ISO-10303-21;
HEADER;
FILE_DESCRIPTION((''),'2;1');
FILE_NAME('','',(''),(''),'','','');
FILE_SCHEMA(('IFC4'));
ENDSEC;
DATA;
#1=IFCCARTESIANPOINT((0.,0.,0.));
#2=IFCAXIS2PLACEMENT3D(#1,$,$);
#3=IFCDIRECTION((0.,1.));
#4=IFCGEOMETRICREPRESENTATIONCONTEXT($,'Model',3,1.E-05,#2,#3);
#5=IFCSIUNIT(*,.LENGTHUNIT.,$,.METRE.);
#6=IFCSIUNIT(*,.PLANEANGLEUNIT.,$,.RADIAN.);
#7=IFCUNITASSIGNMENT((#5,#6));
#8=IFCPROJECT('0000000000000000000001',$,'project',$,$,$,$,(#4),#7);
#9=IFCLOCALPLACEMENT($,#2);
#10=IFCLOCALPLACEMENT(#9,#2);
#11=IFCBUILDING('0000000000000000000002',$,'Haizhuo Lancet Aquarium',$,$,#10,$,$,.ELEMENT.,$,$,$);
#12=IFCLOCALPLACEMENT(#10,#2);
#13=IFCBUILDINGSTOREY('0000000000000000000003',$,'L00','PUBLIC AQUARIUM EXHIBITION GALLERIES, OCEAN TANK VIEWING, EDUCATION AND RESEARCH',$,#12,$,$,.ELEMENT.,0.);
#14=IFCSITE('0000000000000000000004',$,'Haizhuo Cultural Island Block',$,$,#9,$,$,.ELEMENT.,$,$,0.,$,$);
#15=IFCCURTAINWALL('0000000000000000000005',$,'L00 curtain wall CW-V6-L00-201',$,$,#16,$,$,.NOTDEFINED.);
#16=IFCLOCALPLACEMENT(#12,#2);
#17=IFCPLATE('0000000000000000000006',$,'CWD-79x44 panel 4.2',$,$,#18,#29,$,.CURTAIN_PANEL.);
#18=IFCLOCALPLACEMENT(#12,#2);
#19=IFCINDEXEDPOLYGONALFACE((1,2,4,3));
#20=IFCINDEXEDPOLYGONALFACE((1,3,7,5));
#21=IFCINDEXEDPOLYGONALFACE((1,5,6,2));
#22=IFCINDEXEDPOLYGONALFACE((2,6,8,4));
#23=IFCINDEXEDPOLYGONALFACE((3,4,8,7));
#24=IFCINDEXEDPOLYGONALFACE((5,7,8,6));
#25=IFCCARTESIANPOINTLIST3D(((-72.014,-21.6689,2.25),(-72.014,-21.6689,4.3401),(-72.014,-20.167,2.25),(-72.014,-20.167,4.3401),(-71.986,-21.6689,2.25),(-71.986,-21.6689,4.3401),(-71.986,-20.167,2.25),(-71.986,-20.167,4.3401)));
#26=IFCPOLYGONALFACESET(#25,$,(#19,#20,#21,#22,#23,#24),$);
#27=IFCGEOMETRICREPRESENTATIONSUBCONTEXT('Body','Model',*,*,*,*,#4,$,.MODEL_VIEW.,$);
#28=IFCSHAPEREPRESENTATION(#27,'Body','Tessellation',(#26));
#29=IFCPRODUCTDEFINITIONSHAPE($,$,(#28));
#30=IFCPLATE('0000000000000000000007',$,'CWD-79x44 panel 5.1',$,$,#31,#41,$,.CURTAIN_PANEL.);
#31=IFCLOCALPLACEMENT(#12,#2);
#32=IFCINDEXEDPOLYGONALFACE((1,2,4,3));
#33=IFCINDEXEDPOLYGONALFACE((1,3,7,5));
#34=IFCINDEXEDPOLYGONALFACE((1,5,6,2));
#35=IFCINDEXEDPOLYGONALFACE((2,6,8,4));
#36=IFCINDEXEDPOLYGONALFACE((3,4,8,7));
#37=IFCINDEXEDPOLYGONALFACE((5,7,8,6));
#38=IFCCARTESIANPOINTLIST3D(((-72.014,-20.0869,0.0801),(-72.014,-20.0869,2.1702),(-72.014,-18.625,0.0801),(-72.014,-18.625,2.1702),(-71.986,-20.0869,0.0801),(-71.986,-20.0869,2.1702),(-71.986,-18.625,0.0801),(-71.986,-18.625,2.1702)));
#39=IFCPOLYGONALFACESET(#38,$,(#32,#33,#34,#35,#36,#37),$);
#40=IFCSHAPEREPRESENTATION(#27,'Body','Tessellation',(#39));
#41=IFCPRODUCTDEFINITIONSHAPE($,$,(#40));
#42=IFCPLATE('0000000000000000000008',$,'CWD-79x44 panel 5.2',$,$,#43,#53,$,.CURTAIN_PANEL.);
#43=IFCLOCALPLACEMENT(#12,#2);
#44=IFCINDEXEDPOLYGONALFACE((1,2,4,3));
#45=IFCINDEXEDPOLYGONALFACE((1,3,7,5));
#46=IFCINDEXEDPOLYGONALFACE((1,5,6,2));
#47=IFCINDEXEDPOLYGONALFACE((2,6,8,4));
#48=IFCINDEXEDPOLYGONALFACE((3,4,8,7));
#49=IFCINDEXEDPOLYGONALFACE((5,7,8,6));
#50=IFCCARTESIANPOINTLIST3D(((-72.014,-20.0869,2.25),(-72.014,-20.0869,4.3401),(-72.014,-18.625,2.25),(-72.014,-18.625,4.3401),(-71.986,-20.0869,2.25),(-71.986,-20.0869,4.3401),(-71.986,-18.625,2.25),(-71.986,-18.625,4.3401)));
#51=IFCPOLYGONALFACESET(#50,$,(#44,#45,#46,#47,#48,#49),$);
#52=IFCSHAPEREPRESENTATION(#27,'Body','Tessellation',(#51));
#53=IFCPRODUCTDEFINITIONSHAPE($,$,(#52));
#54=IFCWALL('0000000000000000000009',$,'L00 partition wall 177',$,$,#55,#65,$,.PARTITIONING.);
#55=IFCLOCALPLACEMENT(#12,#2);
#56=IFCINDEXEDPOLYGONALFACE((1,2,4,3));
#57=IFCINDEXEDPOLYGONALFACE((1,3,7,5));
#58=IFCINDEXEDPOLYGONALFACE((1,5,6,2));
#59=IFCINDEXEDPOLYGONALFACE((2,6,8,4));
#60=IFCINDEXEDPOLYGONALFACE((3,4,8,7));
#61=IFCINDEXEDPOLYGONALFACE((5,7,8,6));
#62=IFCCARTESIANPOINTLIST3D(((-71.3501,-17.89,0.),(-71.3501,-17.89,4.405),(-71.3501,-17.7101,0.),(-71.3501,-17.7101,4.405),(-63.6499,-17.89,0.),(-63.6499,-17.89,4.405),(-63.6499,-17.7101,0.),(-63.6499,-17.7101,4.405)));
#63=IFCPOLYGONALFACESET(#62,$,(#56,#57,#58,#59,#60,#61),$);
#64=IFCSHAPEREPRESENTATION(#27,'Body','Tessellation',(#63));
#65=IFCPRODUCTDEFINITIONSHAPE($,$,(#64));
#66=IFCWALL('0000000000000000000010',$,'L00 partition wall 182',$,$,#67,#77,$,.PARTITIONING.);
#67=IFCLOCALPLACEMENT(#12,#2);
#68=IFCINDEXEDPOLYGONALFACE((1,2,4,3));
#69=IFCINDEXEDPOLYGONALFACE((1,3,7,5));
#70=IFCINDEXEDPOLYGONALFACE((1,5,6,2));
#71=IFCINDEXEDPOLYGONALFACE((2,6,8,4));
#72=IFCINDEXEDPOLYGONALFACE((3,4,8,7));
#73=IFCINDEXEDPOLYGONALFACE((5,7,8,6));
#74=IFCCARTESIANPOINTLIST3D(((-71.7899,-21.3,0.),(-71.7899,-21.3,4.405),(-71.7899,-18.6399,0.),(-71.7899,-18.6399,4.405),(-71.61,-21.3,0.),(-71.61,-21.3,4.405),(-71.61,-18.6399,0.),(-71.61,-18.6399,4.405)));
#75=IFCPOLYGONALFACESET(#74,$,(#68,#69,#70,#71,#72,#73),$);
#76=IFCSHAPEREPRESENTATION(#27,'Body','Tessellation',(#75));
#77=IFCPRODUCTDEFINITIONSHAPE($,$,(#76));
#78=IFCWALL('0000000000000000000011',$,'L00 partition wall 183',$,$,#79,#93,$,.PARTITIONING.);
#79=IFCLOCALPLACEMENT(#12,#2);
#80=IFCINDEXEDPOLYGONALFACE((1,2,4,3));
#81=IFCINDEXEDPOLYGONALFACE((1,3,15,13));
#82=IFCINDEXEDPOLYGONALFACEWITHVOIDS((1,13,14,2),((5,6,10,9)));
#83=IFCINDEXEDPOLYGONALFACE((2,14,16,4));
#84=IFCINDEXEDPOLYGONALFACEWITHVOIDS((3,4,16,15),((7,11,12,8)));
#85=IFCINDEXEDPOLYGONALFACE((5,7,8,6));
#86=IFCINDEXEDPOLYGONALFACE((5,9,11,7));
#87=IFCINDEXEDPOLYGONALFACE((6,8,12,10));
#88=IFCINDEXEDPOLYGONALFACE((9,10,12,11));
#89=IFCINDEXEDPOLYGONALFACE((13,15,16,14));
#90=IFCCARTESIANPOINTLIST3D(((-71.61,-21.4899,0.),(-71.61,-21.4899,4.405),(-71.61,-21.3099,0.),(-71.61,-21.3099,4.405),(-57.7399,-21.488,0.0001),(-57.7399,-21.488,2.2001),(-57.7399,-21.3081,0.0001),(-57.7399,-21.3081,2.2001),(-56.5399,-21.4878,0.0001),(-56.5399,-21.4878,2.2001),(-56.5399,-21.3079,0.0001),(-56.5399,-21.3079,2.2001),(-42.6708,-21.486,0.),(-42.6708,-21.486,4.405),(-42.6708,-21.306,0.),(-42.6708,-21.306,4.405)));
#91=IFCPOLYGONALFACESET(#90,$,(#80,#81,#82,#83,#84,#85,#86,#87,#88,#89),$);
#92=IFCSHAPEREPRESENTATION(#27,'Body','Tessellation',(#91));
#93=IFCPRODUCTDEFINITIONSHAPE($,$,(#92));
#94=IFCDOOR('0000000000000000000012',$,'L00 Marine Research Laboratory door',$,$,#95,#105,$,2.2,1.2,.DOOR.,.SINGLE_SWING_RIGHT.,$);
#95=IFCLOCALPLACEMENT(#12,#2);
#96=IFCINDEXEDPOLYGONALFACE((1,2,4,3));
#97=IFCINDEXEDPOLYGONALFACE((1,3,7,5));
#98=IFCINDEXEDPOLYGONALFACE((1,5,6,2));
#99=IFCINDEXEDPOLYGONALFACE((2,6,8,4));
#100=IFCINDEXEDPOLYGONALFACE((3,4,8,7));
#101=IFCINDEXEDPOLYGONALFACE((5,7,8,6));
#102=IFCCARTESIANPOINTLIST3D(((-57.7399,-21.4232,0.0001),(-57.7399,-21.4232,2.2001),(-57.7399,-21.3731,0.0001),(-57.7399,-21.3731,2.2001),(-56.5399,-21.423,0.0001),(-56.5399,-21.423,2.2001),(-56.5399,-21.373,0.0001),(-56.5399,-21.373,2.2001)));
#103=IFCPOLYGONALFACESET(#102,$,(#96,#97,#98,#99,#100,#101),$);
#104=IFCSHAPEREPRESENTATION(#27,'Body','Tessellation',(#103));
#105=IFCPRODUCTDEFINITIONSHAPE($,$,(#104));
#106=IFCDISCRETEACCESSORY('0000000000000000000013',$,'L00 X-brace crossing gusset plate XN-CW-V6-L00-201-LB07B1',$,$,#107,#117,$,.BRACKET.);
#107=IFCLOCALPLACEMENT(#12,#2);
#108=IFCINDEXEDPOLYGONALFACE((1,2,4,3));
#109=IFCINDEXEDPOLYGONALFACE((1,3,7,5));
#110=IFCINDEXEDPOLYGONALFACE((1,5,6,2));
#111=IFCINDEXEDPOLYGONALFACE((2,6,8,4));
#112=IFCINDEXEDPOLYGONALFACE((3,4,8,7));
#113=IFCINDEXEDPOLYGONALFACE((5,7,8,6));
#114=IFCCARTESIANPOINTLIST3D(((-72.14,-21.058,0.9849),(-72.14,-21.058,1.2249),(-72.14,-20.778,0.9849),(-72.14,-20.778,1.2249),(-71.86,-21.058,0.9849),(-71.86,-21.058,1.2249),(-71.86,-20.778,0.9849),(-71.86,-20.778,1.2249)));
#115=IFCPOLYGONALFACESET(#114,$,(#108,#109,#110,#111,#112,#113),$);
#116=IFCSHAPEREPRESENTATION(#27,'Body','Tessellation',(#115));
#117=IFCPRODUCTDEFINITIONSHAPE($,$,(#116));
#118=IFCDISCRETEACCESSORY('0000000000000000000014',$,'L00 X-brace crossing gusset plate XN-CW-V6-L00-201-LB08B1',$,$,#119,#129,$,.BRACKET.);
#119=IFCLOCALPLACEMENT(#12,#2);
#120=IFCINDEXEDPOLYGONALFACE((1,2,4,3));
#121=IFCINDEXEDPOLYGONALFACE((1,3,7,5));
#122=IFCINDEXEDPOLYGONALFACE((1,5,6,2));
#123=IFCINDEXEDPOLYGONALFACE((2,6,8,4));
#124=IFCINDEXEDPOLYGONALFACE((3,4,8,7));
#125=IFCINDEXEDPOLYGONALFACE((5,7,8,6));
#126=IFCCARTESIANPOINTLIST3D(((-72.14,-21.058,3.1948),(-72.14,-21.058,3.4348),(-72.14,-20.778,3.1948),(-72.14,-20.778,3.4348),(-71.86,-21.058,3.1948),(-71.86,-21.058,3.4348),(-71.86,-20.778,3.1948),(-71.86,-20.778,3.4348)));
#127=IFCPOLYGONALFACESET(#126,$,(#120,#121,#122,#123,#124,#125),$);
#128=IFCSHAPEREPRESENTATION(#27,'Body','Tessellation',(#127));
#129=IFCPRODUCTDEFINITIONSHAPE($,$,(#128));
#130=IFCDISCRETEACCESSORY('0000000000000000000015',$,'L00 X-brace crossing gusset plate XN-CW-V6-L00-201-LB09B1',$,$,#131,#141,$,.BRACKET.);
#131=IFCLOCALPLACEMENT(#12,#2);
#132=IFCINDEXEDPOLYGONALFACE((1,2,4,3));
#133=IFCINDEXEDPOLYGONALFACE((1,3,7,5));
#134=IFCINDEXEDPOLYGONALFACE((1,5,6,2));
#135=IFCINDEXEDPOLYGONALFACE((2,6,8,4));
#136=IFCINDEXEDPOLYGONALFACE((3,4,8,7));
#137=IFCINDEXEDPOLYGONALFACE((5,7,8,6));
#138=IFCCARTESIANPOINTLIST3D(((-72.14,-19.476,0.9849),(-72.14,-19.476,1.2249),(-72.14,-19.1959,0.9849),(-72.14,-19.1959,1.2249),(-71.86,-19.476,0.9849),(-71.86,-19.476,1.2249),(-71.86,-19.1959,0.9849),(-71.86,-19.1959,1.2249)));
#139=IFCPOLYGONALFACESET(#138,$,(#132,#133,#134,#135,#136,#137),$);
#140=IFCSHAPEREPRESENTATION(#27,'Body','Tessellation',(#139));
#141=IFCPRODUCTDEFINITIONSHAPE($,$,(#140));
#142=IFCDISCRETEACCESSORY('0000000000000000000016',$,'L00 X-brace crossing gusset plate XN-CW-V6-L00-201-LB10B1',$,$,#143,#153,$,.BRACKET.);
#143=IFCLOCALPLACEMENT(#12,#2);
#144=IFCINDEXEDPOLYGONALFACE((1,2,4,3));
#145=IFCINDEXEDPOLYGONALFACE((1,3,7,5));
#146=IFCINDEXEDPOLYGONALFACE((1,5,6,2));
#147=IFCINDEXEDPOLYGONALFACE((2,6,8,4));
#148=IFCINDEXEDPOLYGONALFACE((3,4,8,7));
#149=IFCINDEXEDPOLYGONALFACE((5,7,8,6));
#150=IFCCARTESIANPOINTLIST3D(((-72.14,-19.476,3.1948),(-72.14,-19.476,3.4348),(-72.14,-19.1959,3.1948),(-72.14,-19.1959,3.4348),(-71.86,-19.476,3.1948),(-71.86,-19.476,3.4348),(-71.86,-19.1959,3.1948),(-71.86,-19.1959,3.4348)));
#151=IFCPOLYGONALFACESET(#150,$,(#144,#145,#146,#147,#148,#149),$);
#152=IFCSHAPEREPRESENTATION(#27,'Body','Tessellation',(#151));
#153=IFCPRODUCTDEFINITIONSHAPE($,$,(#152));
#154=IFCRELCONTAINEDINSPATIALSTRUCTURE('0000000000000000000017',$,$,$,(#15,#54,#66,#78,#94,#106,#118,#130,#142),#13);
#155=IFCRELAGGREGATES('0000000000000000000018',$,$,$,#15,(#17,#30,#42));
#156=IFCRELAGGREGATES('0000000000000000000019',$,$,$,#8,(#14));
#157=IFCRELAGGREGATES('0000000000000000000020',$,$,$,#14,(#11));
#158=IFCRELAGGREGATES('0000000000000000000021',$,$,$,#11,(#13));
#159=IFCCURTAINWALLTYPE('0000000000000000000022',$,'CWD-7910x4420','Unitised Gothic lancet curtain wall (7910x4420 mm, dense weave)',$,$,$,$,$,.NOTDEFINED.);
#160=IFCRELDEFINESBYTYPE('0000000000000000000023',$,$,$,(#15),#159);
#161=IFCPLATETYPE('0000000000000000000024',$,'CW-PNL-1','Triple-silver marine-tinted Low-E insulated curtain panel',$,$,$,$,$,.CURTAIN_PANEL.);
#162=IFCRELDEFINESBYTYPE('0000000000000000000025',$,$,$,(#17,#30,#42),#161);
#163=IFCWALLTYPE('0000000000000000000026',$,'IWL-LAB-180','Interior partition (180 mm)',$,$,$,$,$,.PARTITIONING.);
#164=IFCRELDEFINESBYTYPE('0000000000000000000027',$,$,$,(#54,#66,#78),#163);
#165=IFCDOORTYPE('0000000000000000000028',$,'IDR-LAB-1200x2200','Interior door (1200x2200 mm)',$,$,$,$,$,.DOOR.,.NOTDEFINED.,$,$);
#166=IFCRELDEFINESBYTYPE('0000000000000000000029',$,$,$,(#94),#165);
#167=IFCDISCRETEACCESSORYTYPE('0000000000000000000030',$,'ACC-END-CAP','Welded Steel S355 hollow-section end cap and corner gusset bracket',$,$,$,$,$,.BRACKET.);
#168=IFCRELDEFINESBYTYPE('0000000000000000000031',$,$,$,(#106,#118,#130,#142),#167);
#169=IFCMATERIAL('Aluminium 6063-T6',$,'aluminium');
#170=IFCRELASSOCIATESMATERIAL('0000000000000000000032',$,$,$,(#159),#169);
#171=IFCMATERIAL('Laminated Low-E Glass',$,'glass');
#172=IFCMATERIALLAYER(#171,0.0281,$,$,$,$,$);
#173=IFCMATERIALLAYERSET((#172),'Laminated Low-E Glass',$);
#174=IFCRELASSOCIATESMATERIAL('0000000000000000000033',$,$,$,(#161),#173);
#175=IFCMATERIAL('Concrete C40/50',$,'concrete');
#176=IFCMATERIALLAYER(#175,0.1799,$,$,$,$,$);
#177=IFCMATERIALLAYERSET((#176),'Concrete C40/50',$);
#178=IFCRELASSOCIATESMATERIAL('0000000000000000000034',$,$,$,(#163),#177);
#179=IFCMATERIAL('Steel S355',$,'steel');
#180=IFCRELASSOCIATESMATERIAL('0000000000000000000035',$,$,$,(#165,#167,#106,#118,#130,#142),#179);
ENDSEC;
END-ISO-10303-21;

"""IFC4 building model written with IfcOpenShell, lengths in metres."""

from ifc_helpers import new_model, si_unit, direction, frame, frame_2d, origin, origin_2d, place, context, subcontext, project, spatial, rectangle, extrude, material, layer, layer_set, type_object, element, fill, aggregate, save


model = new_model("IFC4")

# Units and contexts
model_context = context("Model", 3, precision=1e-05, world=origin(), true_north=direction((0.0, 1.0)))
body_context = subcontext(model_context, "Body", "Model", "MODEL_VIEW")
ifc_project = project(units=[si_unit("LENGTHUNIT", "METRE"), si_unit("PLANEANGLEUNIT", "RADIAN")], contexts=[model_context])

# Site, building, storey
site_placement = place(None, origin())
site = spatial("IfcSite", under=ifc_project, at=site_placement, Name="Haizhuo Cultural Island Block", CompositionType="ELEMENT", RefElevation=0.0)
building_placement = place(site_placement, origin())
building = spatial("IfcBuilding", under=site, at=building_placement, Name="Haizhuo Lancet Aquarium", CompositionType="ELEMENT")
storey_placement = place(building_placement, origin())
storey = spatial("IfcBuildingStorey", under=building, at=storey_placement, Name="L00", Description="PUBLIC AQUARIUM EXHIBITION GALLERIES, OCEAN TANK VIEWING, EDUCATION AND RESEARCH", CompositionType="ELEMENT", Elevation=0.0)

# Shared definitions
ifc_material_1 = material(Name="Steel S355", Category="steel")

# Curtain wall
ifc_material_2 = material(Name="Aluminium 6063-T6", Category="aluminium")
curtain_wall_type = type_object("IfcCurtainWallType", Name="CWD-7910x4420", Description="Unitised Gothic lancet curtain wall (7910x4420 mm, dense weave)", PredefinedType="NOTDEFINED", material=ifc_material_2)
curtain_wall_placement = place(storey_placement, origin())
curtain_wall = element("IfcCurtainWall", 1, at=curtain_wall_placement, inside=storey, type_object=curtain_wall_type, Name="L00 curtain wall CW-V6-L00-201", PredefinedType="NOTDEFINED")

# Plates
ifc_material_3 = material(Name="Laminated Low-E Glass", Category="glass")
ifc_layer_1 = layer(ifc_material_3, 0.0281)
ifc_layer_set_1 = layer_set([ifc_layer_1], Name="Laminated Low-E Glass")
plate_type = type_object("IfcPlateType", Name="CW-PNL-1", Description="Triple-silver marine-tinted Low-E insulated curtain panel", PredefinedType="CURTAIN_PANEL", material=ifc_layer_set_1)
plate_1_placement = place(storey_placement, frame((-72.0, -20.918, 2.25), z_axis=(0.0, 0.0, 1.0), x_axis=(0.0, 1.0, 0.0)))
plate_1 = element("IfcPlate", 2, at=plate_1_placement, type_object=plate_type, Name="CWD-79x44 panel 4.2", PredefinedType="CURTAIN_PANEL", context=body_context, shape_type="SweptSolid", body=[
    extrude(rectangle(XDim=1.502, YDim=0.0281, at=origin_2d()), origin(), (0.0, 0.0, 1.0), 2.0901),
])
plate_2_placement = place(storey_placement, frame((-72.0, -19.356, 0.0801), z_axis=(0.0, 0.0, 1.0), x_axis=(0.0, 1.0, 0.0)))
plate_2 = element("IfcPlate", 3, at=plate_2_placement, type_object=plate_type, Name="CWD-79x44 panel 5.1", PredefinedType="CURTAIN_PANEL", context=body_context, shape_type="SweptSolid", body=[
    extrude(rectangle(XDim=1.4619, YDim=0.0281, at=origin_2d()), origin(), (0.0, 0.0, 1.0), 2.0901),
])
plate_3_placement = place(storey_placement, frame((-72.0, -19.356, 2.25), z_axis=(0.0, 0.0, 1.0), x_axis=(0.0, 1.0, 0.0)))
plate_3 = element("IfcPlate", 4, at=plate_3_placement, type_object=plate_type, Name="CWD-79x44 panel 5.2", PredefinedType="CURTAIN_PANEL", context=body_context, shape_type="SweptSolid", body=[
    extrude(rectangle(XDim=1.4619, YDim=0.0281, at=origin_2d()), origin(), (0.0, 0.0, 1.0), 2.0901),
])
aggregate(curtain_wall, [plate_1, plate_2, plate_3])

# Walls
ifc_material_4 = material(Name="Concrete C40/50", Category="concrete")
ifc_layer_2 = layer(ifc_material_4, 0.1799)
ifc_layer_set_2 = layer_set([ifc_layer_2], Name="Concrete C40/50")
wall_type = type_object("IfcWallType", Name="IWL-LAB-180", Description="Interior partition (180 mm)", PredefinedType="PARTITIONING", material=ifc_layer_set_2)
wall_1_placement = place(storey_placement, frame((-71.3501, -17.8, 0.0), z_axis=(0.0, 0.0, 1.0), x_axis=(1.0, 0.0, 0.0)))
element("IfcWall", 5, at=wall_1_placement, inside=storey, type_object=wall_type, Name="L00 partition wall 177", PredefinedType="PARTITIONING", context=body_context, shape_type="SweptSolid", body=[
    extrude(rectangle(XDim=7.7002, YDim=0.1799, at=frame_2d((3.8501, 0.0))), origin(), (0.0, 0.0, 1.0), 4.405),
])
wall_2_placement = place(storey_placement, frame((-71.7, -18.6399, 0.0), z_axis=(0.0, 0.0, 1.0), x_axis=(0.0, -1.0, 0.0)))
element("IfcWall", 6, at=wall_2_placement, inside=storey, type_object=wall_type, Name="L00 partition wall 182", PredefinedType="PARTITIONING", context=body_context, shape_type="SweptSolid", body=[
    extrude(rectangle(XDim=2.6602, YDim=0.1799, at=frame_2d((1.3301, 0.0))), origin(), (0.0, 0.0, 1.0), 4.405),
])

# Wall, opening, door
wall_3_placement = place(storey_placement, frame((-71.6101, -21.3999, 0.0), z_axis=(0.0, 0.0, 1.0), x_axis=(1.0, 0.000135, 0.0)))
wall_3 = element("IfcWall", 7, at=wall_3_placement, inside=storey, type_object=wall_type, Name="L00 partition wall 183", PredefinedType="PARTITIONING", context=body_context, shape_type="SweptSolid", body=[
    extrude(rectangle(XDim=28.9392, YDim=0.1799, at=frame_2d((14.4697, 0.0))), origin(), (0.0, 0.0, 1.0), 4.405),
])
opening_placement = place(wall_3_placement, frame((13.8701, 0.0, 0.0)))
opening = element("IfcOpeningElement", 8, at=opening_placement, cuts=wall_3, PredefinedType="OPENING", context=body_context, shape_type="SweptSolid", body=[
    extrude(rectangle(XDim=1.2, YDim=2.2, at=frame_2d((0.6001, 1.1001))), frame((0.0, 0.0999, 0.0), z_axis=(0.0, -1.0, 0.0), x_axis=(1.0, 0.0, 0.0)), (0.0, 0.0, 1.0), 0.1999),
])
door_type = type_object("IfcDoorType", Name="IDR-LAB-1200x2200", Description="Interior door (1200x2200 mm)", OperationType="NOTDEFINED", PredefinedType="DOOR", material=ifc_material_1)
door_placement = place(opening_placement, origin())
door = element("IfcDoor", 9, at=door_placement, inside=storey, type_object=door_type, Name="L00 Marine Research Laboratory door", OperationType="SINGLE_SWING_RIGHT", OverallHeight=2.2, OverallWidth=1.2, PredefinedType="DOOR", context=body_context, shape_type="SweptSolid", body=[
    extrude(rectangle(XDim=1.2, YDim=2.2, at=frame_2d((0.6001, 1.1001))), frame((0.0, 0.0249, 0.0), z_axis=(0.0, -1.0, 0.0), x_axis=(1.0, 0.0, 0.0)), (0.0, 0.0, 1.0), 0.05),
])
fill(opening, door)

# Discrete accessories
discrete_accessory_type = type_object("IfcDiscreteAccessoryType", Name="ACC-END-CAP", Description="Welded Steel S355 hollow-section end cap and corner gusset bracket", PredefinedType="BRACKET", material=ifc_material_1)
for number, where, z_axis, x_axis, name in (
    (10, (-72.0, -20.918, 0.9849), (0.0, 0.0, 1.0), (1.0, 0.0, 0.0), "L00 X-brace crossing gusset plate XN-CW-V6-L00-201-LB07B1"),
    (11, (-72.0, -20.918, 3.1948), (0.0, 0.0, 1.0), (1.0, 0.0, 0.0), "L00 X-brace crossing gusset plate XN-CW-V6-L00-201-LB08B1"),
    (12, (-72.0, -19.3359, 0.9849), (0.0, 0.0, 1.0), (1.0, 0.0, 0.0), "L00 X-brace crossing gusset plate XN-CW-V6-L00-201-LB09B1"),
    (13, (-72.0, -19.3359, 3.1948), (0.0, 0.0, 1.0), (1.0, 0.0, 0.0), "L00 X-brace crossing gusset plate XN-CW-V6-L00-201-LB10B1"),
):
    element("IfcDiscreteAccessory", number, at=place(storey_placement, frame(where, z_axis=z_axis, x_axis=x_axis)), inside=storey, type_object=discrete_accessory_type, material=ifc_material_1, Name=name, PredefinedType="BRACKET", context=body_context, shape_type="SweptSolid", body=[
        extrude(rectangle(XDim=0.28, YDim=0.28, at=origin_2d()), origin(), (0.0, 0.0, 1.0), 0.24),
    ])

save(model, "model.ifc")
